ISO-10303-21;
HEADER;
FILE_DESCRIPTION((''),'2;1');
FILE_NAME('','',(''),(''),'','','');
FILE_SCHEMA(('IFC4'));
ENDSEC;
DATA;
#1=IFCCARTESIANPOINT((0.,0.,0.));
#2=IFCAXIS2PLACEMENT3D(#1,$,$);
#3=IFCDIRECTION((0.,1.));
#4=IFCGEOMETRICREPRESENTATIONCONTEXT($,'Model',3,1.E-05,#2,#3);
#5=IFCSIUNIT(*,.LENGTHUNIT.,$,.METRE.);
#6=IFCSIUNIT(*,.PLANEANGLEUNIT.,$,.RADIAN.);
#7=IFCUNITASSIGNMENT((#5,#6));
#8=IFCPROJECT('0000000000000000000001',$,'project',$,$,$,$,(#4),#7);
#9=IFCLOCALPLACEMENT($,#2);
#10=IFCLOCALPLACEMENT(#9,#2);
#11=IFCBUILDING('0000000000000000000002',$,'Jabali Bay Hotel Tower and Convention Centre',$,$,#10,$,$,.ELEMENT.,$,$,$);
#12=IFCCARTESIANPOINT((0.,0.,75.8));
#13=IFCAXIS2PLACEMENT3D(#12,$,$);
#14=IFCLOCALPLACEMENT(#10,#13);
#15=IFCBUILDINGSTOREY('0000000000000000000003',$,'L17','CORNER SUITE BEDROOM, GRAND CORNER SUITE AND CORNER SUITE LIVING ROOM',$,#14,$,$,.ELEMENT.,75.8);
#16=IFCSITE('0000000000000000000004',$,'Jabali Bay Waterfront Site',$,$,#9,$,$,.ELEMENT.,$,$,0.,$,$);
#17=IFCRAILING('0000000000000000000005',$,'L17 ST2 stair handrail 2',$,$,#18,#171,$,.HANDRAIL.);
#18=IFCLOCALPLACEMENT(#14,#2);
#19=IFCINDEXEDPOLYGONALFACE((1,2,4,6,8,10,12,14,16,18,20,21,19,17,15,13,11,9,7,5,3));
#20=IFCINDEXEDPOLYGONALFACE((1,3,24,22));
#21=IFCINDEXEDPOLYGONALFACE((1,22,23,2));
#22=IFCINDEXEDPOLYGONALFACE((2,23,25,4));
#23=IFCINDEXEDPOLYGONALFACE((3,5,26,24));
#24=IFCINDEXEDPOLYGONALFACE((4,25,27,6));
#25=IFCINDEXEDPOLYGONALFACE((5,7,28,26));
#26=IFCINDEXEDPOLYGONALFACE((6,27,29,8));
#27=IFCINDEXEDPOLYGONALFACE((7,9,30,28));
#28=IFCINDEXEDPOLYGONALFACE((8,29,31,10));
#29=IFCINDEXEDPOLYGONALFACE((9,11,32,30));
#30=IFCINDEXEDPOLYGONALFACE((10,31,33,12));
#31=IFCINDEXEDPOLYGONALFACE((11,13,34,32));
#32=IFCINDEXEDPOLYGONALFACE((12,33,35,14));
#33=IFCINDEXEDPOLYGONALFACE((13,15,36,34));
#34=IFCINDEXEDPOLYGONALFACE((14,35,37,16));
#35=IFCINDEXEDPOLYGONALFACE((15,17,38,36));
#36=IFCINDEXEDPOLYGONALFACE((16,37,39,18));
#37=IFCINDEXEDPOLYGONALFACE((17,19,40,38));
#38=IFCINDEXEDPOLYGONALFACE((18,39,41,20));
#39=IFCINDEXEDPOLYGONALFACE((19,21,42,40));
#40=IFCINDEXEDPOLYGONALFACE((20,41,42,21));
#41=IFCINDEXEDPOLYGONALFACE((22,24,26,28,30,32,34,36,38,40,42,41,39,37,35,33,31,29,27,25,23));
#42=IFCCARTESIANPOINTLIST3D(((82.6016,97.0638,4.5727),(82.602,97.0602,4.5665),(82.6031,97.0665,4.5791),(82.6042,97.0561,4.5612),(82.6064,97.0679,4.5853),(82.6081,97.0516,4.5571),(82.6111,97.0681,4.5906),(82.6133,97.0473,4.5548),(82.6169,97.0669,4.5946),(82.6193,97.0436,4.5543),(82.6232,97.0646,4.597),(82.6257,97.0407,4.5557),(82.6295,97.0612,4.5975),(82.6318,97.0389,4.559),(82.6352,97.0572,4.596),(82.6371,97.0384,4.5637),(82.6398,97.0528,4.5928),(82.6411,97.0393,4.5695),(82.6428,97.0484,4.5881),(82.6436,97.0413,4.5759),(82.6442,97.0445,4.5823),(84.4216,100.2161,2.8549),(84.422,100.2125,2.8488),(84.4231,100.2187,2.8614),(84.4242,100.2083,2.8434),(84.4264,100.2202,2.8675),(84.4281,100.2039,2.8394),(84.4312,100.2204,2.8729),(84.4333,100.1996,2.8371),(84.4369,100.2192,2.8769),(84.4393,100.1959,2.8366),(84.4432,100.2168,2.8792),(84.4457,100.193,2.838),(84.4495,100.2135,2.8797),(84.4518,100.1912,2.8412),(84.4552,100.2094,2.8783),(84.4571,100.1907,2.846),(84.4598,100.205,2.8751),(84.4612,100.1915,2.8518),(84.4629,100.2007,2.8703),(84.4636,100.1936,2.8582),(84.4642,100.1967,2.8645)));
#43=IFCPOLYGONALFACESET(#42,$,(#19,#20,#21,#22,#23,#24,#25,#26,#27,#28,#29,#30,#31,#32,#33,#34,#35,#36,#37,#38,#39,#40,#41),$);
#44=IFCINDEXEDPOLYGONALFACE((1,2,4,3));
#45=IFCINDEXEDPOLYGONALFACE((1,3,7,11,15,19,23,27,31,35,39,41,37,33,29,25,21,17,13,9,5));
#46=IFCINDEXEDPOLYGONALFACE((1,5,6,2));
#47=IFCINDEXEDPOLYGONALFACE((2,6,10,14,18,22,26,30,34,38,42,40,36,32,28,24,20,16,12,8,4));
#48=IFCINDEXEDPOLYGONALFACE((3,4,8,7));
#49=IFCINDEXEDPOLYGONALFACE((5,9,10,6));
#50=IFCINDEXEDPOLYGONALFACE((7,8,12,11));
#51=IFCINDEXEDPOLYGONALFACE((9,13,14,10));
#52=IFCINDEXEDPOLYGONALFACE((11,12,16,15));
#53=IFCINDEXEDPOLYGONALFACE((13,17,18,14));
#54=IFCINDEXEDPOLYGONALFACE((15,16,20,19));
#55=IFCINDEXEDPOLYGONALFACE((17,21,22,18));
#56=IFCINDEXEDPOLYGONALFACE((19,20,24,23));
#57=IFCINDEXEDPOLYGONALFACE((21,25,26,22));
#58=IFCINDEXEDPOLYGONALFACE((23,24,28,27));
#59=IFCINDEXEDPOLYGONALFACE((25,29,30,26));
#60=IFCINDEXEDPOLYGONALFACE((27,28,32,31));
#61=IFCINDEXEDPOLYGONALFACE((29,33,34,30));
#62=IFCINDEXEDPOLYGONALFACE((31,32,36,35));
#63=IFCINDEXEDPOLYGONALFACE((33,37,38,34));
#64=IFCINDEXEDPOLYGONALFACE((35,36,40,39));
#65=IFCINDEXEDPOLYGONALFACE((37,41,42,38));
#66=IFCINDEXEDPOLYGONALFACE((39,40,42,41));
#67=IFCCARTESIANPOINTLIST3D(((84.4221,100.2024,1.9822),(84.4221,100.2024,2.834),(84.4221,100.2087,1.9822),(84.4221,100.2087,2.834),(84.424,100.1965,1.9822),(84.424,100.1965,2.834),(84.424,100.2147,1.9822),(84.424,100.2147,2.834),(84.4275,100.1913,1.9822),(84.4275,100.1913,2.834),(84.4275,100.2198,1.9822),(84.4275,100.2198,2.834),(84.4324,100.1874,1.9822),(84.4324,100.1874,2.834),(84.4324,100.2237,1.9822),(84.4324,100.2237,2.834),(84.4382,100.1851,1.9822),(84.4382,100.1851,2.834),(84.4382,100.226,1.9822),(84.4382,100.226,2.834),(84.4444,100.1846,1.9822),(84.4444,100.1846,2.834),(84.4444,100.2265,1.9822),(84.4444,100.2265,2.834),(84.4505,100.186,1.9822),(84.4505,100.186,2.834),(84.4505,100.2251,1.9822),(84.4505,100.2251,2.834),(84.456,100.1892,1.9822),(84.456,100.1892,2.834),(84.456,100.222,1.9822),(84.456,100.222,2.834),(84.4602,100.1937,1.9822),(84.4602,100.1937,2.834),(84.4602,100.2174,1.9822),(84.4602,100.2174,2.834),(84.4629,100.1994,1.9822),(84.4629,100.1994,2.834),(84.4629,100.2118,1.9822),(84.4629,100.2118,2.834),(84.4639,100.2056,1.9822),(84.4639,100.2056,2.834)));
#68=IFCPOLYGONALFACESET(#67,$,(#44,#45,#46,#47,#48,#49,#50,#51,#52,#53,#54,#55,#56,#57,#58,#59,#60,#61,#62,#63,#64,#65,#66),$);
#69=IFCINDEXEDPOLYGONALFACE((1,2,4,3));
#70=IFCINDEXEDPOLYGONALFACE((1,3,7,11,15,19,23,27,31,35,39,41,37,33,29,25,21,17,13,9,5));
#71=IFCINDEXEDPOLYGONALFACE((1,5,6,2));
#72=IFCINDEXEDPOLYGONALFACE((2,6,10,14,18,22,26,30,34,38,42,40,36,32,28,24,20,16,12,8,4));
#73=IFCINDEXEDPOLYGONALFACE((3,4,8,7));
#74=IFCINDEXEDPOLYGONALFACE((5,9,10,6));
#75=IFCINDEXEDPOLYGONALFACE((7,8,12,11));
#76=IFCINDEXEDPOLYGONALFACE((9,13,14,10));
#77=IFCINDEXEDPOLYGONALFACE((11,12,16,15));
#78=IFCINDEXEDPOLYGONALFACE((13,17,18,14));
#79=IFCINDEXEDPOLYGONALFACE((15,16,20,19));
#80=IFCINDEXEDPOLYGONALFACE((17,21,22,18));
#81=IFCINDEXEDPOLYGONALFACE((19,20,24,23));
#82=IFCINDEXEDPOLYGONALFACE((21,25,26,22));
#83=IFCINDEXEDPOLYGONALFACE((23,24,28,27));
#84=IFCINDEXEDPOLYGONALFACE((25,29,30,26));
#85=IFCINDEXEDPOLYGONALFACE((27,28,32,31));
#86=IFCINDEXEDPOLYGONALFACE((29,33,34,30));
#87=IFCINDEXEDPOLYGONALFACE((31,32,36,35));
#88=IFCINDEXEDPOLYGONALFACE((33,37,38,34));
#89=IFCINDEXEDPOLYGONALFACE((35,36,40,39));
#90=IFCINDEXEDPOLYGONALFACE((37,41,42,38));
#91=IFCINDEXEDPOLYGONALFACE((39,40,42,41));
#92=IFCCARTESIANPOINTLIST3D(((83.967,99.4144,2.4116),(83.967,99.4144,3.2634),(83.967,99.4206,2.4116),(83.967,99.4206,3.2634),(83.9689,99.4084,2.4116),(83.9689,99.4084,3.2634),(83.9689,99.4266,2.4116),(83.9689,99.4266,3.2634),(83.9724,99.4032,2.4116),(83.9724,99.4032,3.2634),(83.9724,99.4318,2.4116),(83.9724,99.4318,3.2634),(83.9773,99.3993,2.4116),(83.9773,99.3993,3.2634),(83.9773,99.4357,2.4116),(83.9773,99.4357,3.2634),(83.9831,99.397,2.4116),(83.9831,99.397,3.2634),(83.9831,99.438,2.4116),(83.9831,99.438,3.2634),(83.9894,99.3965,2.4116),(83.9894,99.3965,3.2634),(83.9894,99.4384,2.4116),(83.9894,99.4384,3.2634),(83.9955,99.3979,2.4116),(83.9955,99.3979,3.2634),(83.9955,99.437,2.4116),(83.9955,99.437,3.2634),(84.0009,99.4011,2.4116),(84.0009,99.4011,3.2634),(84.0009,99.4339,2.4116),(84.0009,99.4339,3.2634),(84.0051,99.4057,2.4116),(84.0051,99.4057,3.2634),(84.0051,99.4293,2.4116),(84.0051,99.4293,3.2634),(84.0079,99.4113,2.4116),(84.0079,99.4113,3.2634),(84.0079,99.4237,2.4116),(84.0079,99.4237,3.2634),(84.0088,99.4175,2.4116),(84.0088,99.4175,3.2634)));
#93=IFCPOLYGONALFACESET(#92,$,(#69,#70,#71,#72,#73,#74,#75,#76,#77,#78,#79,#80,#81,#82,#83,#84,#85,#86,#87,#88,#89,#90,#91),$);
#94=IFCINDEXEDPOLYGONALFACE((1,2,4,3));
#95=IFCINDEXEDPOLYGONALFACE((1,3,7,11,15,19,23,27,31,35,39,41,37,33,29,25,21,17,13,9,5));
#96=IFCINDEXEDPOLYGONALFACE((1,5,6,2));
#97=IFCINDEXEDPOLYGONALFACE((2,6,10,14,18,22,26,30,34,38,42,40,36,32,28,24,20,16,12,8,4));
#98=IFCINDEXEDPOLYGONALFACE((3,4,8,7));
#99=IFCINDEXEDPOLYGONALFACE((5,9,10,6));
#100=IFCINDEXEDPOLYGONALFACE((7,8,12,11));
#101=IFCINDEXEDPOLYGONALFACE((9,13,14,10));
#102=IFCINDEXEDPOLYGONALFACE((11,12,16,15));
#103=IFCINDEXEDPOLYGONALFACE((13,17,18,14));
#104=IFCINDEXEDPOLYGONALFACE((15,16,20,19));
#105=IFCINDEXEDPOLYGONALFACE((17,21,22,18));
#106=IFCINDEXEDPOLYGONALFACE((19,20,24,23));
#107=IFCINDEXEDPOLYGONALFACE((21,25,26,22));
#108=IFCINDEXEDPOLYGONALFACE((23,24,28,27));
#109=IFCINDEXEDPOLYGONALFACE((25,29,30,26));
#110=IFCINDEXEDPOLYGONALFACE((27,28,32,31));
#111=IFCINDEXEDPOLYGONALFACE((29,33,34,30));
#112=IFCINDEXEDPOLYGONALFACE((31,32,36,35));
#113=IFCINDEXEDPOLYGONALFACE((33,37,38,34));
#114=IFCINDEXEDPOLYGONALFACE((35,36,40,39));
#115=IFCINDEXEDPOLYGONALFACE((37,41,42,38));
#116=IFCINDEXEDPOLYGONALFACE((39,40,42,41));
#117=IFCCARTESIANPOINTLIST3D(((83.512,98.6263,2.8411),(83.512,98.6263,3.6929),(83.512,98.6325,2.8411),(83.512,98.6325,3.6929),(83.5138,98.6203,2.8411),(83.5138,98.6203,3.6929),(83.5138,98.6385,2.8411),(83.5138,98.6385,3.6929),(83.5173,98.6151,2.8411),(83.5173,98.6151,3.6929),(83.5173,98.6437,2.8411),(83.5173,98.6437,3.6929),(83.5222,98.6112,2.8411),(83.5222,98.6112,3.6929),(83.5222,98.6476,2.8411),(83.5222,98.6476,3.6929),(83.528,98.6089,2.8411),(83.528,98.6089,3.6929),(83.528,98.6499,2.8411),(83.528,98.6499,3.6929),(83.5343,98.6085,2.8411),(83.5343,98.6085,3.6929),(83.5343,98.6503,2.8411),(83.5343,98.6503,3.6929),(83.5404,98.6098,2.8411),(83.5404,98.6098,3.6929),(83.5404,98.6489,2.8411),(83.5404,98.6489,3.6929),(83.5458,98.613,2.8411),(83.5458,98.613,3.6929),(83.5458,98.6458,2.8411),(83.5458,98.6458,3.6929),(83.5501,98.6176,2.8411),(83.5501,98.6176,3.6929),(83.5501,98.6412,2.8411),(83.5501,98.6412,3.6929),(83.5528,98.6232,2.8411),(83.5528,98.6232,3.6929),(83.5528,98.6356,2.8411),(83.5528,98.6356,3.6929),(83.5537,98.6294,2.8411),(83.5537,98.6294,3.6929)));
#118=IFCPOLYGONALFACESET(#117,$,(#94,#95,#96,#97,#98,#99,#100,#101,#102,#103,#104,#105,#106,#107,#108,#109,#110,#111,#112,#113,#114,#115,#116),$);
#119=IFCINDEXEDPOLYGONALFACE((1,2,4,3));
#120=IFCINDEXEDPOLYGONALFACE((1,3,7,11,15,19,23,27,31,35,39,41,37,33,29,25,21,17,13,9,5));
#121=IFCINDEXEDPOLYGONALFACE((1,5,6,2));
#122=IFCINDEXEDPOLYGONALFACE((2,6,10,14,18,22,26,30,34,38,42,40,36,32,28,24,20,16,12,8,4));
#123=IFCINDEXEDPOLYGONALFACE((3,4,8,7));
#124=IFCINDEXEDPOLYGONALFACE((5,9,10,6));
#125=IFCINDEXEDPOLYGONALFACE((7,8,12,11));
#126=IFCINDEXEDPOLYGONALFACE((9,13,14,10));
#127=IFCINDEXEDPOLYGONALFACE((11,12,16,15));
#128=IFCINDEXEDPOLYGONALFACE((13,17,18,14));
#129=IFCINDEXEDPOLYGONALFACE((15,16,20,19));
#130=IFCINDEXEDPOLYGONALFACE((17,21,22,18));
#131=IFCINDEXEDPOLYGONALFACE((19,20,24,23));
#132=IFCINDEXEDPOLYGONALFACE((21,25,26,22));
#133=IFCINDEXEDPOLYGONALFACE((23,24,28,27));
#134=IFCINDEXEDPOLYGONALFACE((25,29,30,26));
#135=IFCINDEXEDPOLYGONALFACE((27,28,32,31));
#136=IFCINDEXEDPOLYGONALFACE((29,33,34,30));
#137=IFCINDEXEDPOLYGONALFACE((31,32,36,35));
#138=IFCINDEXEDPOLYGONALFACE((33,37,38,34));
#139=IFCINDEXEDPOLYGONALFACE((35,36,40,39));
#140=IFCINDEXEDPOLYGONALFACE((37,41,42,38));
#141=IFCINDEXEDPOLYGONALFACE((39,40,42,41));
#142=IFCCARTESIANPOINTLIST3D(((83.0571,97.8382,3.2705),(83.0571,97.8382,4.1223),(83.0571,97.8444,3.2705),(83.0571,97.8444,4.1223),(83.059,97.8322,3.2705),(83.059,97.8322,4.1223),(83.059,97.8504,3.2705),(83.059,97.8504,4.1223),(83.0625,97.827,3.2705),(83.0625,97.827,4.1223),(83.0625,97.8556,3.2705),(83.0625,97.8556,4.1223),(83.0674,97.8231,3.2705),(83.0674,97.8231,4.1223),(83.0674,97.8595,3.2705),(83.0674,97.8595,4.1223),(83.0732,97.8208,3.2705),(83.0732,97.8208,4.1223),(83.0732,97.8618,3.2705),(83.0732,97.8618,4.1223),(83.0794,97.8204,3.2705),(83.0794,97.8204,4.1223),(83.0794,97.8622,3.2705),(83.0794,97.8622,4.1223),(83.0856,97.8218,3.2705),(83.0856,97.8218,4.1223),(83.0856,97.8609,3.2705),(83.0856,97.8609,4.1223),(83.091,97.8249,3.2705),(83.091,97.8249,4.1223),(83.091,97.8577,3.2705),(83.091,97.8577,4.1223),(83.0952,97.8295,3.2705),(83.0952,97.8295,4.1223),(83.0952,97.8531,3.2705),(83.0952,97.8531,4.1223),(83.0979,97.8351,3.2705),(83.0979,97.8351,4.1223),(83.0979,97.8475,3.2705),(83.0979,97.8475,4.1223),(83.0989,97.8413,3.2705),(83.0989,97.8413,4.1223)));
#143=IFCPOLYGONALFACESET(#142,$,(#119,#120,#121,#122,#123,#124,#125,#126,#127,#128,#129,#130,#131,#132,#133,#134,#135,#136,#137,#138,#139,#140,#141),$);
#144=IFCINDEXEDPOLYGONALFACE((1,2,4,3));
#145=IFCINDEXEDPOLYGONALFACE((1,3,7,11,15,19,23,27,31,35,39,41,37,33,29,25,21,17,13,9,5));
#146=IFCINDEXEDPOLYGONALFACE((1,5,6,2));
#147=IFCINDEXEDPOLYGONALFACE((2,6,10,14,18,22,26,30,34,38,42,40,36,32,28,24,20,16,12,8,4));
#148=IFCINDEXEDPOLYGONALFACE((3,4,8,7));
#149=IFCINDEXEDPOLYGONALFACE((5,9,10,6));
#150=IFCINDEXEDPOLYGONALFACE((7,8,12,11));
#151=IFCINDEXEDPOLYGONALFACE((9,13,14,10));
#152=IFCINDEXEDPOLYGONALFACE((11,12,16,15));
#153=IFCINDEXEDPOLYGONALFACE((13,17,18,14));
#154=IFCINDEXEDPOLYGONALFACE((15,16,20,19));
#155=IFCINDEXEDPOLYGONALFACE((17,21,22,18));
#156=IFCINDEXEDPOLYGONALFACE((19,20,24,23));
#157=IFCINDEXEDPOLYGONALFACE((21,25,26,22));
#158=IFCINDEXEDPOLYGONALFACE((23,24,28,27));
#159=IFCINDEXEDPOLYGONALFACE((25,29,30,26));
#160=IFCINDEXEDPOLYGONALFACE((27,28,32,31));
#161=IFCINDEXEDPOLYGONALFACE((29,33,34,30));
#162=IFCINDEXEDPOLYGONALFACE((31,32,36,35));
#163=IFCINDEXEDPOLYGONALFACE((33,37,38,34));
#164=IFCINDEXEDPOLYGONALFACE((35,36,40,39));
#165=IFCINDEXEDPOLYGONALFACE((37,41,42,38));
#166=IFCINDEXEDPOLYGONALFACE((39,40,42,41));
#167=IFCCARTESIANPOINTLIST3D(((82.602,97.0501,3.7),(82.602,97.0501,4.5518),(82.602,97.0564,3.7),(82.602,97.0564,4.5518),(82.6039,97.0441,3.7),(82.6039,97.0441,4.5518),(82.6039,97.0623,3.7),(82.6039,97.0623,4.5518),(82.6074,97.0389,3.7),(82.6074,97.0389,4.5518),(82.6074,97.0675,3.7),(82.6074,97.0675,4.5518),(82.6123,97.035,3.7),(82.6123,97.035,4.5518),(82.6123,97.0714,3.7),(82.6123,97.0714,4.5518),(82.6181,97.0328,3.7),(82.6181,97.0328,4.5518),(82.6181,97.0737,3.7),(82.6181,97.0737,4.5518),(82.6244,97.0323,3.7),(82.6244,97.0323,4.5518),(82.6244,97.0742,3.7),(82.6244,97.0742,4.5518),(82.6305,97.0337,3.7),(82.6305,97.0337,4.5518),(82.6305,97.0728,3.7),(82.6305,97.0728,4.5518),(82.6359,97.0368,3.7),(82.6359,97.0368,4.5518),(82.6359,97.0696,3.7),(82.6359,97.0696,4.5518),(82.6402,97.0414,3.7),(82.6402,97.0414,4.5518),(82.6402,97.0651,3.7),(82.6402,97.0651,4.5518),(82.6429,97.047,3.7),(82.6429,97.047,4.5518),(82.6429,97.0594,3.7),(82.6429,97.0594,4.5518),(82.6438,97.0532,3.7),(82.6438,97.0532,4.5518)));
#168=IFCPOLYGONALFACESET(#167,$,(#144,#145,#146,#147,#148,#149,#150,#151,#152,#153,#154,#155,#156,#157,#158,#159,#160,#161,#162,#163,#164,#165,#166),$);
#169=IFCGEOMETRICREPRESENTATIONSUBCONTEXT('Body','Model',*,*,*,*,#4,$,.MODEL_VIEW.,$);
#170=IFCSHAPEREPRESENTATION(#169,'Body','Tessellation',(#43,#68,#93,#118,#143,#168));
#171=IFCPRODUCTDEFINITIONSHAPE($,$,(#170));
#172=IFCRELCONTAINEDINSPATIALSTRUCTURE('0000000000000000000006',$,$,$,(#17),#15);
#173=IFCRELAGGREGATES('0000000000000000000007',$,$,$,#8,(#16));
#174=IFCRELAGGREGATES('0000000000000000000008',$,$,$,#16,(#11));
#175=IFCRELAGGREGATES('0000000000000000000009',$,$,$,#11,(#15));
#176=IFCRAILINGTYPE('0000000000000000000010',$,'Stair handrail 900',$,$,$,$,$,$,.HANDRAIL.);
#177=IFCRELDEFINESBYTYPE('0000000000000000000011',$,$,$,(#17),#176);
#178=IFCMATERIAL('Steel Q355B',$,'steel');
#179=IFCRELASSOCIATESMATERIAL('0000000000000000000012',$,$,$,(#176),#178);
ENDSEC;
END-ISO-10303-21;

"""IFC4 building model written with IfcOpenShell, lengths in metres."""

from ifc_helpers import new_model, si_unit, direction, frame, origin, origin_2d, place, context, subcontext, project, spatial, circle, extrude, material, type_object, element, save


model = new_model("IFC4")

# Units and contexts
model_context = context("Model", 3, precision=1e-05, world=origin(), true_north=direction((0.0, 1.0)))
body_context = subcontext(model_context, "Body", "Model", "MODEL_VIEW")
ifc_project = project(units=[si_unit("LENGTHUNIT", "METRE"), si_unit("PLANEANGLEUNIT", "RADIAN")], contexts=[model_context])

# Site, building, storey
site_placement = place(None, origin())
site = spatial("IfcSite", under=ifc_project, at=site_placement, Name="Jabali Bay Waterfront Site", CompositionType="ELEMENT", RefElevation=0.0)
building_placement = place(site_placement, origin())
building = spatial("IfcBuilding", under=site, at=building_placement, Name="Jabali Bay Hotel Tower and Convention Centre", CompositionType="ELEMENT")
storey_placement = place(building_placement, frame((0.0, 0.0, 75.8)))
storey = spatial("IfcBuildingStorey", under=building, at=storey_placement, Name="L17", Description="CORNER SUITE BEDROOM, GRAND CORNER SUITE AND CORNER SUITE LIVING ROOM", CompositionType="ELEMENT", Elevation=75.8)

# Railing
ifc_material_1 = material(Name="Steel Q355B", Category="steel")
railing_type_1 = type_object("IfcRailingType", Name="Stair handrail 900", PredefinedType="HANDRAIL", material=ifc_material_1)
railing_1_placement = place(storey_placement, frame((84.4429, 100.2056, 1.9822)))
element("IfcRailing", 1, at=railing_1_placement, inside=storey, type_object=railing_type_1, Name="L17 ST2 stair handrail 2", PredefinedType="HANDRAIL", context=body_context, shape_type="SweptSolid", body=[
    extrude(circle(Radius=0.0239, at=origin_2d()), frame((0.0, 0.0, 0.876), z_axis=(-0.45219, -0.78319, 0.426775), x_axis=(0.866018, -0.500013, 0.0)), (0.0, 0.0, 1.0), 4.0249),
    extrude(circle(Radius=0.021, at=origin_2d()), origin(), (0.0, 0.0, 1.0), 0.8518),
    extrude(circle(Radius=0.021, at=origin_2d()), frame((-0.4551, -0.7881, 0.4294)), (0.0, 0.0, 1.0), 0.8518),
    extrude(circle(Radius=0.021, at=origin_2d()), frame((-0.9102, -1.5762, 0.8589)), (0.0, 0.0, 1.0), 0.8518),
    extrude(circle(Radius=0.021, at=origin_2d()), frame((-1.365, -2.3643, 1.2883)), (0.0, 0.0, 1.0), 0.8518),
    extrude(circle(Radius=0.021, at=origin_2d()), frame((-1.8201, -3.1523, 1.7178)), (0.0, 0.0, 1.0), 0.8518),
])

save(model, "model.ifc")
